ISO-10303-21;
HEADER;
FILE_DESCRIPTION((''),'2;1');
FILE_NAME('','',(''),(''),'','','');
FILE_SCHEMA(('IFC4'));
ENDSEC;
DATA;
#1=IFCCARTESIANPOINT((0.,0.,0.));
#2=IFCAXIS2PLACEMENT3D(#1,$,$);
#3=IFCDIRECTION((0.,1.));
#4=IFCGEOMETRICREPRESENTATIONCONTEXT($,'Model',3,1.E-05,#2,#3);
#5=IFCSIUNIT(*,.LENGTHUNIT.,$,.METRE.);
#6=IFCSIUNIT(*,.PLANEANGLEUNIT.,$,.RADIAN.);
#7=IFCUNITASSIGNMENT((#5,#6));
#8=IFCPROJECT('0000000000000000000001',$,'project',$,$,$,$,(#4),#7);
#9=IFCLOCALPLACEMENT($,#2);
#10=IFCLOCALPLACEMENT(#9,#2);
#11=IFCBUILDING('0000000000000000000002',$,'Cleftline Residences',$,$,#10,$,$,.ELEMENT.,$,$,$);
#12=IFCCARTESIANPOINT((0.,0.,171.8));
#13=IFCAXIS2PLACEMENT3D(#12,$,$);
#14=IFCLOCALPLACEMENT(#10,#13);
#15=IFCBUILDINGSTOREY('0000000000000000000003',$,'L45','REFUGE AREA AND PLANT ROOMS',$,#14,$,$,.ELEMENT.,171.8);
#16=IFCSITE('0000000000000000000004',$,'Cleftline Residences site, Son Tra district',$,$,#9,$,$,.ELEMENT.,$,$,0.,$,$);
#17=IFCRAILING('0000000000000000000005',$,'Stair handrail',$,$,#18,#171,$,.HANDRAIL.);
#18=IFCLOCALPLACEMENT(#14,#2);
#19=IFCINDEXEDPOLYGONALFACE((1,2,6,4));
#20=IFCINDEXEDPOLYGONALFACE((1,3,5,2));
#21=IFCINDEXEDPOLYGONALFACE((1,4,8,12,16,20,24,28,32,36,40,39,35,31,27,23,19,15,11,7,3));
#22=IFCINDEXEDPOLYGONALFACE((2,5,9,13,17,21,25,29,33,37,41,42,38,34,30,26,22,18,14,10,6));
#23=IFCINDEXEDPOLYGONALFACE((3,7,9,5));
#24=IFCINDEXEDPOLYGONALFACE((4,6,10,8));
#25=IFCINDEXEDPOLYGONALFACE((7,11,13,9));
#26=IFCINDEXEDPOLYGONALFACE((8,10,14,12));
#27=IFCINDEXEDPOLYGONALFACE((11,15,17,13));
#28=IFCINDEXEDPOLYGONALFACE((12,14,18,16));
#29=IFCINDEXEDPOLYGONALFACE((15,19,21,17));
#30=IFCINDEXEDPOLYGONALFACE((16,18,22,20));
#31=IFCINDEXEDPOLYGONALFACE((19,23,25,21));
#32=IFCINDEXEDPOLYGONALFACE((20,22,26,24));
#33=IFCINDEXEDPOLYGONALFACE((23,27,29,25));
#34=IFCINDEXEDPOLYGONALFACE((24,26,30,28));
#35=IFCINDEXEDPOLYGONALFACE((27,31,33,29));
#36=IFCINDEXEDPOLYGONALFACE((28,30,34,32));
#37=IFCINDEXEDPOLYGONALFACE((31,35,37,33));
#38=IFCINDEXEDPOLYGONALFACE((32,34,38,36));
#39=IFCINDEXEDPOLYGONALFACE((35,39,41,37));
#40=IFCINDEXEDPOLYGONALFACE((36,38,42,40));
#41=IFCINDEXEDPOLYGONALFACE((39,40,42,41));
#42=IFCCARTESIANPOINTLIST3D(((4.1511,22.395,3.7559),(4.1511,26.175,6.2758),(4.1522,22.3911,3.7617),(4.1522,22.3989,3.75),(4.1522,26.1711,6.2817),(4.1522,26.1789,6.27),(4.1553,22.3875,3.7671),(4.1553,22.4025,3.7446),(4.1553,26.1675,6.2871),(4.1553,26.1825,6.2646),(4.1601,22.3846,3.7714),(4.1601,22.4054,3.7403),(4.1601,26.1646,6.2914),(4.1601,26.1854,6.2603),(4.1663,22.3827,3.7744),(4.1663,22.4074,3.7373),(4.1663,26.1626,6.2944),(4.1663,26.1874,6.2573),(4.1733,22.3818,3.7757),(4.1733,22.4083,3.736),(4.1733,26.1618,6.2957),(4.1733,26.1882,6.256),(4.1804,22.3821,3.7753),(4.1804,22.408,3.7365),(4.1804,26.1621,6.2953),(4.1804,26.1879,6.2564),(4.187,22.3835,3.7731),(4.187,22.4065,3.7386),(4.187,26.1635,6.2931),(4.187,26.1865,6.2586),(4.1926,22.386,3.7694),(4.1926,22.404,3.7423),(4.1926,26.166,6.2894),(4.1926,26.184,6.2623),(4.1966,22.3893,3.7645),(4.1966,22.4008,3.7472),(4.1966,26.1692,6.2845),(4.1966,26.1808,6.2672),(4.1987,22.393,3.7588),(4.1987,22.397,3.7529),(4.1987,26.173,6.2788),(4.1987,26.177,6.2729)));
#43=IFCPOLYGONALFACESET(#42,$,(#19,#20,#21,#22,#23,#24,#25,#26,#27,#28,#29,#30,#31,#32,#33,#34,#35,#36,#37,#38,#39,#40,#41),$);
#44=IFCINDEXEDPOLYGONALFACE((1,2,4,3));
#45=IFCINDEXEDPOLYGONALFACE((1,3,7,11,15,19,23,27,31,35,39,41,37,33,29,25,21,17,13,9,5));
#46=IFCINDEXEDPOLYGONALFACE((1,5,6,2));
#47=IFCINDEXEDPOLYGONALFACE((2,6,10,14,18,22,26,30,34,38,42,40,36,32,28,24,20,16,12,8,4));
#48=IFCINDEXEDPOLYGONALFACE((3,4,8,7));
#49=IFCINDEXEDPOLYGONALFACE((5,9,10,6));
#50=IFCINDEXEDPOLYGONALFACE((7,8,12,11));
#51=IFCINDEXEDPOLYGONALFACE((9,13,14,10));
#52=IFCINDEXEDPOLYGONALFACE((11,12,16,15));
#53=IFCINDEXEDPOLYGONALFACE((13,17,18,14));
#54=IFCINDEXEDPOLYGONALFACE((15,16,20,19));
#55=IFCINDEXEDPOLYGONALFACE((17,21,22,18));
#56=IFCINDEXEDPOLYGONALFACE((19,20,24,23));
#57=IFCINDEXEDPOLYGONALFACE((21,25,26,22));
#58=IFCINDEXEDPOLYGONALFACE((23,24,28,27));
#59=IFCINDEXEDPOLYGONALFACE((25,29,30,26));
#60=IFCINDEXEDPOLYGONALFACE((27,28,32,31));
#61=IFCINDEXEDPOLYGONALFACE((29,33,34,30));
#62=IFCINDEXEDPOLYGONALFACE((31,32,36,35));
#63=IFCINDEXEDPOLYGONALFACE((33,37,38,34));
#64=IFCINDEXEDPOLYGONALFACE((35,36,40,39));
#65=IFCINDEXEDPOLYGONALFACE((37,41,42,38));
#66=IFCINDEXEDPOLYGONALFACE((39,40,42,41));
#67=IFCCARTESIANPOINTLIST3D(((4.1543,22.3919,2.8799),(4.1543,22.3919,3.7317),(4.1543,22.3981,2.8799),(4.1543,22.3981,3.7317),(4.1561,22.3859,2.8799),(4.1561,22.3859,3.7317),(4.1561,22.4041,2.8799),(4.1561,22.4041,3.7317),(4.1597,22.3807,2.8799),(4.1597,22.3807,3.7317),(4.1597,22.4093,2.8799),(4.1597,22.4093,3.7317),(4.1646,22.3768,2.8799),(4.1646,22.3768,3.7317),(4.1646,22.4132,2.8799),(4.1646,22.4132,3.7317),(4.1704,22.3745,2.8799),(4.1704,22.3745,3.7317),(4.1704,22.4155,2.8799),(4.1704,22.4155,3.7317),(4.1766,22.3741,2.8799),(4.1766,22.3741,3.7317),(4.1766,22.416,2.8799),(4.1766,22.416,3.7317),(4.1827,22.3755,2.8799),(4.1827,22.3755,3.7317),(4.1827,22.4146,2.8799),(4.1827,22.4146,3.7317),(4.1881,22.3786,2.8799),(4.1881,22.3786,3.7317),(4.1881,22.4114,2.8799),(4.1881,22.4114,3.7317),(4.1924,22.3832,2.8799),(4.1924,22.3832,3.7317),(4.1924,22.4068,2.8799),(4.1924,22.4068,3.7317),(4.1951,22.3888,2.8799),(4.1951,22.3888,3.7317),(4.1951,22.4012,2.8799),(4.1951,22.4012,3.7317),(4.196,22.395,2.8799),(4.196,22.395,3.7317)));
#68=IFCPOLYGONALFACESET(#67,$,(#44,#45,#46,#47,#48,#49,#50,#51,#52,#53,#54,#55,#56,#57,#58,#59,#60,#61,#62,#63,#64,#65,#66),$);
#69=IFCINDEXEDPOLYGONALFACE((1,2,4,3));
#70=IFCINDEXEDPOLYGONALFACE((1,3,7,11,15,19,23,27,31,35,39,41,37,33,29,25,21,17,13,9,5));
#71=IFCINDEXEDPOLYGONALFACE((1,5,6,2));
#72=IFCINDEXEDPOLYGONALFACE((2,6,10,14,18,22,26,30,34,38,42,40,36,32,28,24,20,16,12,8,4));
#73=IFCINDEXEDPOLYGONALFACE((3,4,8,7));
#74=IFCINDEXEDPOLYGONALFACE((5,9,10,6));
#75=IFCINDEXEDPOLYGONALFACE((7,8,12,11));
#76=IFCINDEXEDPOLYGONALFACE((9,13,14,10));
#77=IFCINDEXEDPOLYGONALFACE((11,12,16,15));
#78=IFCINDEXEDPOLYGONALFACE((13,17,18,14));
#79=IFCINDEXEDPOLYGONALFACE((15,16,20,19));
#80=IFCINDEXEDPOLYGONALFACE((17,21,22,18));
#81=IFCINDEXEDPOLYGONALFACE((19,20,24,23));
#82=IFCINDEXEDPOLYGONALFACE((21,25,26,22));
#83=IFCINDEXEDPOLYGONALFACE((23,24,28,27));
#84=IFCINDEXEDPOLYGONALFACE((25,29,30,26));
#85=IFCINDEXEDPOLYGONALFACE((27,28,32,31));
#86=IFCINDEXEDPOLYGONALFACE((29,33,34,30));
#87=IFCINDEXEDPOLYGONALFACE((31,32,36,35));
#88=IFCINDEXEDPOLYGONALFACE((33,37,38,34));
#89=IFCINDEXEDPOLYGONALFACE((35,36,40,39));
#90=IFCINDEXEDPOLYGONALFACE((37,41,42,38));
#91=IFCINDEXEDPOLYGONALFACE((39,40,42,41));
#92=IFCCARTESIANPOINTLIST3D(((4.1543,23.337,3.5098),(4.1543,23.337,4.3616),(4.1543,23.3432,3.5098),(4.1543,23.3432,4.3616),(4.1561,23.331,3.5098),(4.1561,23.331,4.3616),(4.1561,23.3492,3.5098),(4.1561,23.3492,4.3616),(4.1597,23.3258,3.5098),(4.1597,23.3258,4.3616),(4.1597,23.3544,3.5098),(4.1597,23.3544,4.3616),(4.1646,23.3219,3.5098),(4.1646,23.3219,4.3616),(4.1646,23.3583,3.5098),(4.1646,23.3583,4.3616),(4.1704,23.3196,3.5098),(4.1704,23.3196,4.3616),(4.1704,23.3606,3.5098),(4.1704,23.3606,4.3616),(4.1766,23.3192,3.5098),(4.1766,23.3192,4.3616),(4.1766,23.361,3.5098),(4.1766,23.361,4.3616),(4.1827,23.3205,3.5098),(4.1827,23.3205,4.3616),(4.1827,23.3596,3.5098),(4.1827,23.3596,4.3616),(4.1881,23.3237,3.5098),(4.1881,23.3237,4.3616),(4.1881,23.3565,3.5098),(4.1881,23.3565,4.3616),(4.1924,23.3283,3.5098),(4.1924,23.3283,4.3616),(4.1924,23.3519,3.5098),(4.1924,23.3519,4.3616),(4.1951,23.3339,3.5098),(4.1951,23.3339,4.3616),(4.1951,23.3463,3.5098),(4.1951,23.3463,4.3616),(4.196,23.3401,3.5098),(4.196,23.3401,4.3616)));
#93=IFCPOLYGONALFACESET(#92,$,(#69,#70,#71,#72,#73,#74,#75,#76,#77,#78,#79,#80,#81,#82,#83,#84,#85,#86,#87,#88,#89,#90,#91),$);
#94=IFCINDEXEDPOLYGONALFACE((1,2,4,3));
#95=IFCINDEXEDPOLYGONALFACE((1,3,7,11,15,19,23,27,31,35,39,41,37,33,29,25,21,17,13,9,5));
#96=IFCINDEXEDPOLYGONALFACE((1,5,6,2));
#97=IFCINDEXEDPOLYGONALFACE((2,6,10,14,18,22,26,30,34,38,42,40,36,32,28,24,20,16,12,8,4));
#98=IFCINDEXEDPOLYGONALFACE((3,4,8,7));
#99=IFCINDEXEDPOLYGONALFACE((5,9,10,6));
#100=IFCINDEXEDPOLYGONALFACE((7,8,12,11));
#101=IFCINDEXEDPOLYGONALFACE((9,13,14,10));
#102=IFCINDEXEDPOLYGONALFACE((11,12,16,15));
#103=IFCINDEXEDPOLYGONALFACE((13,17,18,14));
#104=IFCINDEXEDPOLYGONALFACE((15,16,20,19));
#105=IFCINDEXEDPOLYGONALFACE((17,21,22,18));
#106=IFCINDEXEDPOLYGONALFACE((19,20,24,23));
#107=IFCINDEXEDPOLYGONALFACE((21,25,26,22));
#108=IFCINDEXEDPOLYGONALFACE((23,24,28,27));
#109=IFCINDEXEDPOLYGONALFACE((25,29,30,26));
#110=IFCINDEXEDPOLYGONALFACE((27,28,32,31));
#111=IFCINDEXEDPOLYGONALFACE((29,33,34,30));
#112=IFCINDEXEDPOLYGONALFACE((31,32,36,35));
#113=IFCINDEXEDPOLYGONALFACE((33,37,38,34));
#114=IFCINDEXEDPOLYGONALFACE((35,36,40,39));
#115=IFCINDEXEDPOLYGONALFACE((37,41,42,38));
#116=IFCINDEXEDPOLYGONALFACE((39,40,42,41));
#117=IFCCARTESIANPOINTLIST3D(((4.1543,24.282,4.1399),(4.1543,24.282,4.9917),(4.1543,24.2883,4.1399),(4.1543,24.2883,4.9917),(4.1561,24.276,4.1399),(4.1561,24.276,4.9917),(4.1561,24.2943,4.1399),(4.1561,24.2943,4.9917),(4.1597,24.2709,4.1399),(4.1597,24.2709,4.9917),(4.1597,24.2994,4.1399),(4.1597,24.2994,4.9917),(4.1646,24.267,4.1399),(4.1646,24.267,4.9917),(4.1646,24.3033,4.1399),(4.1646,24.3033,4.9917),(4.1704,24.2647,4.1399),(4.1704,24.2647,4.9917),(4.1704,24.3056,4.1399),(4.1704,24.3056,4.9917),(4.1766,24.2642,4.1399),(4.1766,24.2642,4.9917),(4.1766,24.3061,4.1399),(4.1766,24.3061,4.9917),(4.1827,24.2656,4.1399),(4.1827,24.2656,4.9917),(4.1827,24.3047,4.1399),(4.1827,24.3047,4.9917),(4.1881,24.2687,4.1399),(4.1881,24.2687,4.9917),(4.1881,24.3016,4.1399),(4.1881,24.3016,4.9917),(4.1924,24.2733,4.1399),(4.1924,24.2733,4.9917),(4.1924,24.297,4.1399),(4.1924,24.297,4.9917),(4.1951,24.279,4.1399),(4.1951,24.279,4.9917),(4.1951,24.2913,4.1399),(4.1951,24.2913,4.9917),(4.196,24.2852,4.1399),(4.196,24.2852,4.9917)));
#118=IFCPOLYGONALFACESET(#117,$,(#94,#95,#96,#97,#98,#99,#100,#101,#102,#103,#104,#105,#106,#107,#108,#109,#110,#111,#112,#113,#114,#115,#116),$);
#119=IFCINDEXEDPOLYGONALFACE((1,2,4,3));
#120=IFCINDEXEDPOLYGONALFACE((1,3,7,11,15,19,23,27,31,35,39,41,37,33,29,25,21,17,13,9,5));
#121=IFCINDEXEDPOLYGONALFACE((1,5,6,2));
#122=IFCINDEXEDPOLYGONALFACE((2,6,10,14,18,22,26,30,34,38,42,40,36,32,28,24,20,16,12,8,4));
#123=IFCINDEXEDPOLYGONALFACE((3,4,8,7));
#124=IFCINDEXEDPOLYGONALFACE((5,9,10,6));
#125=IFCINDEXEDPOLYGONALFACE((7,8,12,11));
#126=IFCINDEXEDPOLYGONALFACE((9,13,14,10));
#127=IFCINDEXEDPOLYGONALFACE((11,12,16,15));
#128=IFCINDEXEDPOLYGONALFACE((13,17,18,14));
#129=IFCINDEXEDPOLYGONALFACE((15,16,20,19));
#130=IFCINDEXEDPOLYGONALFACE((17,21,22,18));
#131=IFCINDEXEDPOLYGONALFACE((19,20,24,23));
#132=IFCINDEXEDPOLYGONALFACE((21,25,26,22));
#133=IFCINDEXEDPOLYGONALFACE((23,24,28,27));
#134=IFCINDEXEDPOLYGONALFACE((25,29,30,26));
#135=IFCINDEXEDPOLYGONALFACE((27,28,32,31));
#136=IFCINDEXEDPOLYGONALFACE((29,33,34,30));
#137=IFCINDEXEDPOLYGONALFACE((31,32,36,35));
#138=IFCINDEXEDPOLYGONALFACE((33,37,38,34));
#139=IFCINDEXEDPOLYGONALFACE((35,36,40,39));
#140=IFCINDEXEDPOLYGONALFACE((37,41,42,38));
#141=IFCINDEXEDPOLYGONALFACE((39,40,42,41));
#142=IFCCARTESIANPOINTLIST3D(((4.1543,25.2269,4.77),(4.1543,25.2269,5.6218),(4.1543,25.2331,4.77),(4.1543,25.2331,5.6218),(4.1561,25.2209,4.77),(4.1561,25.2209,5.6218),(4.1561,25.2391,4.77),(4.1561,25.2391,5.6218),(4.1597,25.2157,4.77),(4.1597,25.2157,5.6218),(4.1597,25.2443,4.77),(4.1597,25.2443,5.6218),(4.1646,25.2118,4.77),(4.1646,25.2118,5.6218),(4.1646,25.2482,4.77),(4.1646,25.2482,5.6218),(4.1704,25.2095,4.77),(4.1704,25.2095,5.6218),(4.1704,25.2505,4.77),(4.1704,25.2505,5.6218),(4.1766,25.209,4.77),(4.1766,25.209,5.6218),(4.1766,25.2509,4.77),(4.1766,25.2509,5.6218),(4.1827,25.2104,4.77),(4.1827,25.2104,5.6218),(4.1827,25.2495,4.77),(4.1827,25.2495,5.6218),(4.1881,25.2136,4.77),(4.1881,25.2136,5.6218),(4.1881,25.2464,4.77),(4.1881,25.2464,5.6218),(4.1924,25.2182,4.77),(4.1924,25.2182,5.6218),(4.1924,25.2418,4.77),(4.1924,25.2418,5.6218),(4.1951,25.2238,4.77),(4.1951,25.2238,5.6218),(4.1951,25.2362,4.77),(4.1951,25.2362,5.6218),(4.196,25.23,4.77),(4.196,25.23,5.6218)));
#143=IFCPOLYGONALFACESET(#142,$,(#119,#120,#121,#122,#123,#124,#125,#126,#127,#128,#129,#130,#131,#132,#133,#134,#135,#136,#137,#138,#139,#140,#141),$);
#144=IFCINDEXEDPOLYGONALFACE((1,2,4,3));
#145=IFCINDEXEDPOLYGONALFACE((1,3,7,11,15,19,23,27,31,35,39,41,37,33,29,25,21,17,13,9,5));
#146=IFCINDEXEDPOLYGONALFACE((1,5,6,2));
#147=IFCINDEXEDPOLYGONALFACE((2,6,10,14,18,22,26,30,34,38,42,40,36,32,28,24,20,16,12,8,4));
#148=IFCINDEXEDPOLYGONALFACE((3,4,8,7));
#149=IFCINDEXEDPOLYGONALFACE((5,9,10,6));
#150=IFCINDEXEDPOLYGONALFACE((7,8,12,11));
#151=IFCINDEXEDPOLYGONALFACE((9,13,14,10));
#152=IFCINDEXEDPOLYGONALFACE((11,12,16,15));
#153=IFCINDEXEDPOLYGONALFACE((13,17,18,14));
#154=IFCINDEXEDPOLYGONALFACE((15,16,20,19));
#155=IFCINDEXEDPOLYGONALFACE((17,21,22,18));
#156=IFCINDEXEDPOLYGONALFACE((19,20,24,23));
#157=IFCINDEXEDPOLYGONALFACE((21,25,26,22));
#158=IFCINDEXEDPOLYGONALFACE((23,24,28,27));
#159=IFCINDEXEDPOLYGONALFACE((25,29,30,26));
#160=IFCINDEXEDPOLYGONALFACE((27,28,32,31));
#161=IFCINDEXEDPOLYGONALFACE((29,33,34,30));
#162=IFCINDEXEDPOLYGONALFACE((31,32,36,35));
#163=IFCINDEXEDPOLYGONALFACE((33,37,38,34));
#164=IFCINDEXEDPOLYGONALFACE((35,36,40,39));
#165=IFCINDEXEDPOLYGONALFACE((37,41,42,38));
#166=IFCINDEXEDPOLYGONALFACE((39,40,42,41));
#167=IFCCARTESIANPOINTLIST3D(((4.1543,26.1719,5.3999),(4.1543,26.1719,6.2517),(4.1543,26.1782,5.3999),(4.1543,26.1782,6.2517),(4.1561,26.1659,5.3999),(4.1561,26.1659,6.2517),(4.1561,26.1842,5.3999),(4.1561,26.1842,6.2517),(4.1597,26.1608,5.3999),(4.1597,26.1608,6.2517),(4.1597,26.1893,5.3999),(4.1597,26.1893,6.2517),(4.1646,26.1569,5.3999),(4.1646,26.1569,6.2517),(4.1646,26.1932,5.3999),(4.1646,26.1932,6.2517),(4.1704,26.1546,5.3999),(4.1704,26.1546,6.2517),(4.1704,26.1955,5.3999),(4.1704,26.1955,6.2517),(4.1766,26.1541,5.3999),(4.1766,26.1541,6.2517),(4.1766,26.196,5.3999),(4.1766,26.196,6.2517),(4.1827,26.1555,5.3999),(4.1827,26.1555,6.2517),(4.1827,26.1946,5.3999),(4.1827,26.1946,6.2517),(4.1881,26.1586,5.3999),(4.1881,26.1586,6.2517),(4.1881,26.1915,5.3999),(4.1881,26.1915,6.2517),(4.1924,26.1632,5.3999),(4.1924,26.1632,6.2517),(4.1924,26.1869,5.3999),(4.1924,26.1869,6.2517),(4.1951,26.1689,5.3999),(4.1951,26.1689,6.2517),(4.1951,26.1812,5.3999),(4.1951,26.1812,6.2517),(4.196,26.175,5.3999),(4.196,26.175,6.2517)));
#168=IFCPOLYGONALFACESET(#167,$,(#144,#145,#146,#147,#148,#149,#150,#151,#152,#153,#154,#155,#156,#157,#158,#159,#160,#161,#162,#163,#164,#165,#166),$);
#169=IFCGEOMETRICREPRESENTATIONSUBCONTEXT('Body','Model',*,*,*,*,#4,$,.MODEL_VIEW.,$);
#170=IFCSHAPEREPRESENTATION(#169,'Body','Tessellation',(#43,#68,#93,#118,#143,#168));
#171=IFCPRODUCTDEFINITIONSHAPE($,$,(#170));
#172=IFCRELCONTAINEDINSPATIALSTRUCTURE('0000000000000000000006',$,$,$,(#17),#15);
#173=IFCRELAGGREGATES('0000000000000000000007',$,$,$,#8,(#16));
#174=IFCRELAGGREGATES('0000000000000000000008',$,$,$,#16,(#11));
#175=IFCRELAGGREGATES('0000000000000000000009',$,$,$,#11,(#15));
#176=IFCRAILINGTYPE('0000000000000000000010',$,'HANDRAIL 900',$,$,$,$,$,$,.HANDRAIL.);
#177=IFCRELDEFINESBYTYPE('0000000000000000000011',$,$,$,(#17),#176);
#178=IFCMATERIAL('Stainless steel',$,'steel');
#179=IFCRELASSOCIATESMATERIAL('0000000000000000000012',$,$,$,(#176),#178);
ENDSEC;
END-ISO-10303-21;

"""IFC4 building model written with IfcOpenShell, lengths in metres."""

from ifc_helpers import new_model, si_unit, direction, frame, origin, origin_2d, place, context, subcontext, project, spatial, circle, extrude, material, type_object, element, save


model = new_model("IFC4")

# Units and contexts
model_context = context("Model", 3, precision=1e-05, world=origin(), true_north=direction((0.0, 1.0)))
body_context = subcontext(model_context, "Body", "Model", "MODEL_VIEW")
ifc_project = project(units=[si_unit("LENGTHUNIT", "METRE"), si_unit("PLANEANGLEUNIT", "RADIAN")], contexts=[model_context])

# Site, building, storey
site_placement = place(None, origin())
site = spatial("IfcSite", under=ifc_project, at=site_placement, Name="Cleftline Residences site, Son Tra district", CompositionType="ELEMENT", RefElevation=0.0)
building_placement = place(site_placement, origin())
building = spatial("IfcBuilding", under=site, at=building_placement, Name="Cleftline Residences", CompositionType="ELEMENT")
storey_placement = place(building_placement, frame((0.0, 0.0, 171.8)))
storey = spatial("IfcBuildingStorey", under=building, at=storey_placement, Name="L45", Description="REFUGE AREA AND PLANT ROOMS", CompositionType="ELEMENT", Elevation=171.8)

# Railing
ifc_material_1 = material(Name="Stainless steel", Category="steel")
railing_type = type_object("IfcRailingType", Name="HANDRAIL 900", PredefinedType="HANDRAIL", material=ifc_material_1)
railing_placement = place(storey_placement, frame((4.175, 22.395, 2.8799)))
element("IfcRailing", 1, at=railing_placement, inside=storey, type_object=railing_type, Name="Stair handrail", PredefinedType="HANDRAIL", context=body_context, shape_type="SweptSolid", body=[
    extrude(circle(Radius=0.0239, at=origin_2d()), frame((0.0, 0.0, 0.876), z_axis=(0.0, 0.83205, 0.5547), x_axis=(-1.0, 0.0, 0.0)), (0.0, 0.0, 1.0), 4.543),
    extrude(circle(Radius=0.021, at=origin_2d()), origin(), (0.0, 0.0, 1.0), 0.8518),
    extrude(circle(Radius=0.021, at=origin_2d()), frame((0.0, 0.9451, 0.6299)), (0.0, 0.0, 1.0), 0.8518),
    extrude(circle(Radius=0.021, at=origin_2d()), frame((0.0, 1.8901, 1.26)), (0.0, 0.0, 1.0), 0.8518),
    extrude(circle(Radius=0.021, at=origin_2d()), frame((0.0, 2.835, 1.8901)), (0.0, 0.0, 1.0), 0.8518),
    extrude(circle(Radius=0.021, at=origin_2d()), frame((0.0, 3.78, 2.52)), (0.0, 0.0, 1.0), 0.8518),
])

save(model, "model.ifc")
